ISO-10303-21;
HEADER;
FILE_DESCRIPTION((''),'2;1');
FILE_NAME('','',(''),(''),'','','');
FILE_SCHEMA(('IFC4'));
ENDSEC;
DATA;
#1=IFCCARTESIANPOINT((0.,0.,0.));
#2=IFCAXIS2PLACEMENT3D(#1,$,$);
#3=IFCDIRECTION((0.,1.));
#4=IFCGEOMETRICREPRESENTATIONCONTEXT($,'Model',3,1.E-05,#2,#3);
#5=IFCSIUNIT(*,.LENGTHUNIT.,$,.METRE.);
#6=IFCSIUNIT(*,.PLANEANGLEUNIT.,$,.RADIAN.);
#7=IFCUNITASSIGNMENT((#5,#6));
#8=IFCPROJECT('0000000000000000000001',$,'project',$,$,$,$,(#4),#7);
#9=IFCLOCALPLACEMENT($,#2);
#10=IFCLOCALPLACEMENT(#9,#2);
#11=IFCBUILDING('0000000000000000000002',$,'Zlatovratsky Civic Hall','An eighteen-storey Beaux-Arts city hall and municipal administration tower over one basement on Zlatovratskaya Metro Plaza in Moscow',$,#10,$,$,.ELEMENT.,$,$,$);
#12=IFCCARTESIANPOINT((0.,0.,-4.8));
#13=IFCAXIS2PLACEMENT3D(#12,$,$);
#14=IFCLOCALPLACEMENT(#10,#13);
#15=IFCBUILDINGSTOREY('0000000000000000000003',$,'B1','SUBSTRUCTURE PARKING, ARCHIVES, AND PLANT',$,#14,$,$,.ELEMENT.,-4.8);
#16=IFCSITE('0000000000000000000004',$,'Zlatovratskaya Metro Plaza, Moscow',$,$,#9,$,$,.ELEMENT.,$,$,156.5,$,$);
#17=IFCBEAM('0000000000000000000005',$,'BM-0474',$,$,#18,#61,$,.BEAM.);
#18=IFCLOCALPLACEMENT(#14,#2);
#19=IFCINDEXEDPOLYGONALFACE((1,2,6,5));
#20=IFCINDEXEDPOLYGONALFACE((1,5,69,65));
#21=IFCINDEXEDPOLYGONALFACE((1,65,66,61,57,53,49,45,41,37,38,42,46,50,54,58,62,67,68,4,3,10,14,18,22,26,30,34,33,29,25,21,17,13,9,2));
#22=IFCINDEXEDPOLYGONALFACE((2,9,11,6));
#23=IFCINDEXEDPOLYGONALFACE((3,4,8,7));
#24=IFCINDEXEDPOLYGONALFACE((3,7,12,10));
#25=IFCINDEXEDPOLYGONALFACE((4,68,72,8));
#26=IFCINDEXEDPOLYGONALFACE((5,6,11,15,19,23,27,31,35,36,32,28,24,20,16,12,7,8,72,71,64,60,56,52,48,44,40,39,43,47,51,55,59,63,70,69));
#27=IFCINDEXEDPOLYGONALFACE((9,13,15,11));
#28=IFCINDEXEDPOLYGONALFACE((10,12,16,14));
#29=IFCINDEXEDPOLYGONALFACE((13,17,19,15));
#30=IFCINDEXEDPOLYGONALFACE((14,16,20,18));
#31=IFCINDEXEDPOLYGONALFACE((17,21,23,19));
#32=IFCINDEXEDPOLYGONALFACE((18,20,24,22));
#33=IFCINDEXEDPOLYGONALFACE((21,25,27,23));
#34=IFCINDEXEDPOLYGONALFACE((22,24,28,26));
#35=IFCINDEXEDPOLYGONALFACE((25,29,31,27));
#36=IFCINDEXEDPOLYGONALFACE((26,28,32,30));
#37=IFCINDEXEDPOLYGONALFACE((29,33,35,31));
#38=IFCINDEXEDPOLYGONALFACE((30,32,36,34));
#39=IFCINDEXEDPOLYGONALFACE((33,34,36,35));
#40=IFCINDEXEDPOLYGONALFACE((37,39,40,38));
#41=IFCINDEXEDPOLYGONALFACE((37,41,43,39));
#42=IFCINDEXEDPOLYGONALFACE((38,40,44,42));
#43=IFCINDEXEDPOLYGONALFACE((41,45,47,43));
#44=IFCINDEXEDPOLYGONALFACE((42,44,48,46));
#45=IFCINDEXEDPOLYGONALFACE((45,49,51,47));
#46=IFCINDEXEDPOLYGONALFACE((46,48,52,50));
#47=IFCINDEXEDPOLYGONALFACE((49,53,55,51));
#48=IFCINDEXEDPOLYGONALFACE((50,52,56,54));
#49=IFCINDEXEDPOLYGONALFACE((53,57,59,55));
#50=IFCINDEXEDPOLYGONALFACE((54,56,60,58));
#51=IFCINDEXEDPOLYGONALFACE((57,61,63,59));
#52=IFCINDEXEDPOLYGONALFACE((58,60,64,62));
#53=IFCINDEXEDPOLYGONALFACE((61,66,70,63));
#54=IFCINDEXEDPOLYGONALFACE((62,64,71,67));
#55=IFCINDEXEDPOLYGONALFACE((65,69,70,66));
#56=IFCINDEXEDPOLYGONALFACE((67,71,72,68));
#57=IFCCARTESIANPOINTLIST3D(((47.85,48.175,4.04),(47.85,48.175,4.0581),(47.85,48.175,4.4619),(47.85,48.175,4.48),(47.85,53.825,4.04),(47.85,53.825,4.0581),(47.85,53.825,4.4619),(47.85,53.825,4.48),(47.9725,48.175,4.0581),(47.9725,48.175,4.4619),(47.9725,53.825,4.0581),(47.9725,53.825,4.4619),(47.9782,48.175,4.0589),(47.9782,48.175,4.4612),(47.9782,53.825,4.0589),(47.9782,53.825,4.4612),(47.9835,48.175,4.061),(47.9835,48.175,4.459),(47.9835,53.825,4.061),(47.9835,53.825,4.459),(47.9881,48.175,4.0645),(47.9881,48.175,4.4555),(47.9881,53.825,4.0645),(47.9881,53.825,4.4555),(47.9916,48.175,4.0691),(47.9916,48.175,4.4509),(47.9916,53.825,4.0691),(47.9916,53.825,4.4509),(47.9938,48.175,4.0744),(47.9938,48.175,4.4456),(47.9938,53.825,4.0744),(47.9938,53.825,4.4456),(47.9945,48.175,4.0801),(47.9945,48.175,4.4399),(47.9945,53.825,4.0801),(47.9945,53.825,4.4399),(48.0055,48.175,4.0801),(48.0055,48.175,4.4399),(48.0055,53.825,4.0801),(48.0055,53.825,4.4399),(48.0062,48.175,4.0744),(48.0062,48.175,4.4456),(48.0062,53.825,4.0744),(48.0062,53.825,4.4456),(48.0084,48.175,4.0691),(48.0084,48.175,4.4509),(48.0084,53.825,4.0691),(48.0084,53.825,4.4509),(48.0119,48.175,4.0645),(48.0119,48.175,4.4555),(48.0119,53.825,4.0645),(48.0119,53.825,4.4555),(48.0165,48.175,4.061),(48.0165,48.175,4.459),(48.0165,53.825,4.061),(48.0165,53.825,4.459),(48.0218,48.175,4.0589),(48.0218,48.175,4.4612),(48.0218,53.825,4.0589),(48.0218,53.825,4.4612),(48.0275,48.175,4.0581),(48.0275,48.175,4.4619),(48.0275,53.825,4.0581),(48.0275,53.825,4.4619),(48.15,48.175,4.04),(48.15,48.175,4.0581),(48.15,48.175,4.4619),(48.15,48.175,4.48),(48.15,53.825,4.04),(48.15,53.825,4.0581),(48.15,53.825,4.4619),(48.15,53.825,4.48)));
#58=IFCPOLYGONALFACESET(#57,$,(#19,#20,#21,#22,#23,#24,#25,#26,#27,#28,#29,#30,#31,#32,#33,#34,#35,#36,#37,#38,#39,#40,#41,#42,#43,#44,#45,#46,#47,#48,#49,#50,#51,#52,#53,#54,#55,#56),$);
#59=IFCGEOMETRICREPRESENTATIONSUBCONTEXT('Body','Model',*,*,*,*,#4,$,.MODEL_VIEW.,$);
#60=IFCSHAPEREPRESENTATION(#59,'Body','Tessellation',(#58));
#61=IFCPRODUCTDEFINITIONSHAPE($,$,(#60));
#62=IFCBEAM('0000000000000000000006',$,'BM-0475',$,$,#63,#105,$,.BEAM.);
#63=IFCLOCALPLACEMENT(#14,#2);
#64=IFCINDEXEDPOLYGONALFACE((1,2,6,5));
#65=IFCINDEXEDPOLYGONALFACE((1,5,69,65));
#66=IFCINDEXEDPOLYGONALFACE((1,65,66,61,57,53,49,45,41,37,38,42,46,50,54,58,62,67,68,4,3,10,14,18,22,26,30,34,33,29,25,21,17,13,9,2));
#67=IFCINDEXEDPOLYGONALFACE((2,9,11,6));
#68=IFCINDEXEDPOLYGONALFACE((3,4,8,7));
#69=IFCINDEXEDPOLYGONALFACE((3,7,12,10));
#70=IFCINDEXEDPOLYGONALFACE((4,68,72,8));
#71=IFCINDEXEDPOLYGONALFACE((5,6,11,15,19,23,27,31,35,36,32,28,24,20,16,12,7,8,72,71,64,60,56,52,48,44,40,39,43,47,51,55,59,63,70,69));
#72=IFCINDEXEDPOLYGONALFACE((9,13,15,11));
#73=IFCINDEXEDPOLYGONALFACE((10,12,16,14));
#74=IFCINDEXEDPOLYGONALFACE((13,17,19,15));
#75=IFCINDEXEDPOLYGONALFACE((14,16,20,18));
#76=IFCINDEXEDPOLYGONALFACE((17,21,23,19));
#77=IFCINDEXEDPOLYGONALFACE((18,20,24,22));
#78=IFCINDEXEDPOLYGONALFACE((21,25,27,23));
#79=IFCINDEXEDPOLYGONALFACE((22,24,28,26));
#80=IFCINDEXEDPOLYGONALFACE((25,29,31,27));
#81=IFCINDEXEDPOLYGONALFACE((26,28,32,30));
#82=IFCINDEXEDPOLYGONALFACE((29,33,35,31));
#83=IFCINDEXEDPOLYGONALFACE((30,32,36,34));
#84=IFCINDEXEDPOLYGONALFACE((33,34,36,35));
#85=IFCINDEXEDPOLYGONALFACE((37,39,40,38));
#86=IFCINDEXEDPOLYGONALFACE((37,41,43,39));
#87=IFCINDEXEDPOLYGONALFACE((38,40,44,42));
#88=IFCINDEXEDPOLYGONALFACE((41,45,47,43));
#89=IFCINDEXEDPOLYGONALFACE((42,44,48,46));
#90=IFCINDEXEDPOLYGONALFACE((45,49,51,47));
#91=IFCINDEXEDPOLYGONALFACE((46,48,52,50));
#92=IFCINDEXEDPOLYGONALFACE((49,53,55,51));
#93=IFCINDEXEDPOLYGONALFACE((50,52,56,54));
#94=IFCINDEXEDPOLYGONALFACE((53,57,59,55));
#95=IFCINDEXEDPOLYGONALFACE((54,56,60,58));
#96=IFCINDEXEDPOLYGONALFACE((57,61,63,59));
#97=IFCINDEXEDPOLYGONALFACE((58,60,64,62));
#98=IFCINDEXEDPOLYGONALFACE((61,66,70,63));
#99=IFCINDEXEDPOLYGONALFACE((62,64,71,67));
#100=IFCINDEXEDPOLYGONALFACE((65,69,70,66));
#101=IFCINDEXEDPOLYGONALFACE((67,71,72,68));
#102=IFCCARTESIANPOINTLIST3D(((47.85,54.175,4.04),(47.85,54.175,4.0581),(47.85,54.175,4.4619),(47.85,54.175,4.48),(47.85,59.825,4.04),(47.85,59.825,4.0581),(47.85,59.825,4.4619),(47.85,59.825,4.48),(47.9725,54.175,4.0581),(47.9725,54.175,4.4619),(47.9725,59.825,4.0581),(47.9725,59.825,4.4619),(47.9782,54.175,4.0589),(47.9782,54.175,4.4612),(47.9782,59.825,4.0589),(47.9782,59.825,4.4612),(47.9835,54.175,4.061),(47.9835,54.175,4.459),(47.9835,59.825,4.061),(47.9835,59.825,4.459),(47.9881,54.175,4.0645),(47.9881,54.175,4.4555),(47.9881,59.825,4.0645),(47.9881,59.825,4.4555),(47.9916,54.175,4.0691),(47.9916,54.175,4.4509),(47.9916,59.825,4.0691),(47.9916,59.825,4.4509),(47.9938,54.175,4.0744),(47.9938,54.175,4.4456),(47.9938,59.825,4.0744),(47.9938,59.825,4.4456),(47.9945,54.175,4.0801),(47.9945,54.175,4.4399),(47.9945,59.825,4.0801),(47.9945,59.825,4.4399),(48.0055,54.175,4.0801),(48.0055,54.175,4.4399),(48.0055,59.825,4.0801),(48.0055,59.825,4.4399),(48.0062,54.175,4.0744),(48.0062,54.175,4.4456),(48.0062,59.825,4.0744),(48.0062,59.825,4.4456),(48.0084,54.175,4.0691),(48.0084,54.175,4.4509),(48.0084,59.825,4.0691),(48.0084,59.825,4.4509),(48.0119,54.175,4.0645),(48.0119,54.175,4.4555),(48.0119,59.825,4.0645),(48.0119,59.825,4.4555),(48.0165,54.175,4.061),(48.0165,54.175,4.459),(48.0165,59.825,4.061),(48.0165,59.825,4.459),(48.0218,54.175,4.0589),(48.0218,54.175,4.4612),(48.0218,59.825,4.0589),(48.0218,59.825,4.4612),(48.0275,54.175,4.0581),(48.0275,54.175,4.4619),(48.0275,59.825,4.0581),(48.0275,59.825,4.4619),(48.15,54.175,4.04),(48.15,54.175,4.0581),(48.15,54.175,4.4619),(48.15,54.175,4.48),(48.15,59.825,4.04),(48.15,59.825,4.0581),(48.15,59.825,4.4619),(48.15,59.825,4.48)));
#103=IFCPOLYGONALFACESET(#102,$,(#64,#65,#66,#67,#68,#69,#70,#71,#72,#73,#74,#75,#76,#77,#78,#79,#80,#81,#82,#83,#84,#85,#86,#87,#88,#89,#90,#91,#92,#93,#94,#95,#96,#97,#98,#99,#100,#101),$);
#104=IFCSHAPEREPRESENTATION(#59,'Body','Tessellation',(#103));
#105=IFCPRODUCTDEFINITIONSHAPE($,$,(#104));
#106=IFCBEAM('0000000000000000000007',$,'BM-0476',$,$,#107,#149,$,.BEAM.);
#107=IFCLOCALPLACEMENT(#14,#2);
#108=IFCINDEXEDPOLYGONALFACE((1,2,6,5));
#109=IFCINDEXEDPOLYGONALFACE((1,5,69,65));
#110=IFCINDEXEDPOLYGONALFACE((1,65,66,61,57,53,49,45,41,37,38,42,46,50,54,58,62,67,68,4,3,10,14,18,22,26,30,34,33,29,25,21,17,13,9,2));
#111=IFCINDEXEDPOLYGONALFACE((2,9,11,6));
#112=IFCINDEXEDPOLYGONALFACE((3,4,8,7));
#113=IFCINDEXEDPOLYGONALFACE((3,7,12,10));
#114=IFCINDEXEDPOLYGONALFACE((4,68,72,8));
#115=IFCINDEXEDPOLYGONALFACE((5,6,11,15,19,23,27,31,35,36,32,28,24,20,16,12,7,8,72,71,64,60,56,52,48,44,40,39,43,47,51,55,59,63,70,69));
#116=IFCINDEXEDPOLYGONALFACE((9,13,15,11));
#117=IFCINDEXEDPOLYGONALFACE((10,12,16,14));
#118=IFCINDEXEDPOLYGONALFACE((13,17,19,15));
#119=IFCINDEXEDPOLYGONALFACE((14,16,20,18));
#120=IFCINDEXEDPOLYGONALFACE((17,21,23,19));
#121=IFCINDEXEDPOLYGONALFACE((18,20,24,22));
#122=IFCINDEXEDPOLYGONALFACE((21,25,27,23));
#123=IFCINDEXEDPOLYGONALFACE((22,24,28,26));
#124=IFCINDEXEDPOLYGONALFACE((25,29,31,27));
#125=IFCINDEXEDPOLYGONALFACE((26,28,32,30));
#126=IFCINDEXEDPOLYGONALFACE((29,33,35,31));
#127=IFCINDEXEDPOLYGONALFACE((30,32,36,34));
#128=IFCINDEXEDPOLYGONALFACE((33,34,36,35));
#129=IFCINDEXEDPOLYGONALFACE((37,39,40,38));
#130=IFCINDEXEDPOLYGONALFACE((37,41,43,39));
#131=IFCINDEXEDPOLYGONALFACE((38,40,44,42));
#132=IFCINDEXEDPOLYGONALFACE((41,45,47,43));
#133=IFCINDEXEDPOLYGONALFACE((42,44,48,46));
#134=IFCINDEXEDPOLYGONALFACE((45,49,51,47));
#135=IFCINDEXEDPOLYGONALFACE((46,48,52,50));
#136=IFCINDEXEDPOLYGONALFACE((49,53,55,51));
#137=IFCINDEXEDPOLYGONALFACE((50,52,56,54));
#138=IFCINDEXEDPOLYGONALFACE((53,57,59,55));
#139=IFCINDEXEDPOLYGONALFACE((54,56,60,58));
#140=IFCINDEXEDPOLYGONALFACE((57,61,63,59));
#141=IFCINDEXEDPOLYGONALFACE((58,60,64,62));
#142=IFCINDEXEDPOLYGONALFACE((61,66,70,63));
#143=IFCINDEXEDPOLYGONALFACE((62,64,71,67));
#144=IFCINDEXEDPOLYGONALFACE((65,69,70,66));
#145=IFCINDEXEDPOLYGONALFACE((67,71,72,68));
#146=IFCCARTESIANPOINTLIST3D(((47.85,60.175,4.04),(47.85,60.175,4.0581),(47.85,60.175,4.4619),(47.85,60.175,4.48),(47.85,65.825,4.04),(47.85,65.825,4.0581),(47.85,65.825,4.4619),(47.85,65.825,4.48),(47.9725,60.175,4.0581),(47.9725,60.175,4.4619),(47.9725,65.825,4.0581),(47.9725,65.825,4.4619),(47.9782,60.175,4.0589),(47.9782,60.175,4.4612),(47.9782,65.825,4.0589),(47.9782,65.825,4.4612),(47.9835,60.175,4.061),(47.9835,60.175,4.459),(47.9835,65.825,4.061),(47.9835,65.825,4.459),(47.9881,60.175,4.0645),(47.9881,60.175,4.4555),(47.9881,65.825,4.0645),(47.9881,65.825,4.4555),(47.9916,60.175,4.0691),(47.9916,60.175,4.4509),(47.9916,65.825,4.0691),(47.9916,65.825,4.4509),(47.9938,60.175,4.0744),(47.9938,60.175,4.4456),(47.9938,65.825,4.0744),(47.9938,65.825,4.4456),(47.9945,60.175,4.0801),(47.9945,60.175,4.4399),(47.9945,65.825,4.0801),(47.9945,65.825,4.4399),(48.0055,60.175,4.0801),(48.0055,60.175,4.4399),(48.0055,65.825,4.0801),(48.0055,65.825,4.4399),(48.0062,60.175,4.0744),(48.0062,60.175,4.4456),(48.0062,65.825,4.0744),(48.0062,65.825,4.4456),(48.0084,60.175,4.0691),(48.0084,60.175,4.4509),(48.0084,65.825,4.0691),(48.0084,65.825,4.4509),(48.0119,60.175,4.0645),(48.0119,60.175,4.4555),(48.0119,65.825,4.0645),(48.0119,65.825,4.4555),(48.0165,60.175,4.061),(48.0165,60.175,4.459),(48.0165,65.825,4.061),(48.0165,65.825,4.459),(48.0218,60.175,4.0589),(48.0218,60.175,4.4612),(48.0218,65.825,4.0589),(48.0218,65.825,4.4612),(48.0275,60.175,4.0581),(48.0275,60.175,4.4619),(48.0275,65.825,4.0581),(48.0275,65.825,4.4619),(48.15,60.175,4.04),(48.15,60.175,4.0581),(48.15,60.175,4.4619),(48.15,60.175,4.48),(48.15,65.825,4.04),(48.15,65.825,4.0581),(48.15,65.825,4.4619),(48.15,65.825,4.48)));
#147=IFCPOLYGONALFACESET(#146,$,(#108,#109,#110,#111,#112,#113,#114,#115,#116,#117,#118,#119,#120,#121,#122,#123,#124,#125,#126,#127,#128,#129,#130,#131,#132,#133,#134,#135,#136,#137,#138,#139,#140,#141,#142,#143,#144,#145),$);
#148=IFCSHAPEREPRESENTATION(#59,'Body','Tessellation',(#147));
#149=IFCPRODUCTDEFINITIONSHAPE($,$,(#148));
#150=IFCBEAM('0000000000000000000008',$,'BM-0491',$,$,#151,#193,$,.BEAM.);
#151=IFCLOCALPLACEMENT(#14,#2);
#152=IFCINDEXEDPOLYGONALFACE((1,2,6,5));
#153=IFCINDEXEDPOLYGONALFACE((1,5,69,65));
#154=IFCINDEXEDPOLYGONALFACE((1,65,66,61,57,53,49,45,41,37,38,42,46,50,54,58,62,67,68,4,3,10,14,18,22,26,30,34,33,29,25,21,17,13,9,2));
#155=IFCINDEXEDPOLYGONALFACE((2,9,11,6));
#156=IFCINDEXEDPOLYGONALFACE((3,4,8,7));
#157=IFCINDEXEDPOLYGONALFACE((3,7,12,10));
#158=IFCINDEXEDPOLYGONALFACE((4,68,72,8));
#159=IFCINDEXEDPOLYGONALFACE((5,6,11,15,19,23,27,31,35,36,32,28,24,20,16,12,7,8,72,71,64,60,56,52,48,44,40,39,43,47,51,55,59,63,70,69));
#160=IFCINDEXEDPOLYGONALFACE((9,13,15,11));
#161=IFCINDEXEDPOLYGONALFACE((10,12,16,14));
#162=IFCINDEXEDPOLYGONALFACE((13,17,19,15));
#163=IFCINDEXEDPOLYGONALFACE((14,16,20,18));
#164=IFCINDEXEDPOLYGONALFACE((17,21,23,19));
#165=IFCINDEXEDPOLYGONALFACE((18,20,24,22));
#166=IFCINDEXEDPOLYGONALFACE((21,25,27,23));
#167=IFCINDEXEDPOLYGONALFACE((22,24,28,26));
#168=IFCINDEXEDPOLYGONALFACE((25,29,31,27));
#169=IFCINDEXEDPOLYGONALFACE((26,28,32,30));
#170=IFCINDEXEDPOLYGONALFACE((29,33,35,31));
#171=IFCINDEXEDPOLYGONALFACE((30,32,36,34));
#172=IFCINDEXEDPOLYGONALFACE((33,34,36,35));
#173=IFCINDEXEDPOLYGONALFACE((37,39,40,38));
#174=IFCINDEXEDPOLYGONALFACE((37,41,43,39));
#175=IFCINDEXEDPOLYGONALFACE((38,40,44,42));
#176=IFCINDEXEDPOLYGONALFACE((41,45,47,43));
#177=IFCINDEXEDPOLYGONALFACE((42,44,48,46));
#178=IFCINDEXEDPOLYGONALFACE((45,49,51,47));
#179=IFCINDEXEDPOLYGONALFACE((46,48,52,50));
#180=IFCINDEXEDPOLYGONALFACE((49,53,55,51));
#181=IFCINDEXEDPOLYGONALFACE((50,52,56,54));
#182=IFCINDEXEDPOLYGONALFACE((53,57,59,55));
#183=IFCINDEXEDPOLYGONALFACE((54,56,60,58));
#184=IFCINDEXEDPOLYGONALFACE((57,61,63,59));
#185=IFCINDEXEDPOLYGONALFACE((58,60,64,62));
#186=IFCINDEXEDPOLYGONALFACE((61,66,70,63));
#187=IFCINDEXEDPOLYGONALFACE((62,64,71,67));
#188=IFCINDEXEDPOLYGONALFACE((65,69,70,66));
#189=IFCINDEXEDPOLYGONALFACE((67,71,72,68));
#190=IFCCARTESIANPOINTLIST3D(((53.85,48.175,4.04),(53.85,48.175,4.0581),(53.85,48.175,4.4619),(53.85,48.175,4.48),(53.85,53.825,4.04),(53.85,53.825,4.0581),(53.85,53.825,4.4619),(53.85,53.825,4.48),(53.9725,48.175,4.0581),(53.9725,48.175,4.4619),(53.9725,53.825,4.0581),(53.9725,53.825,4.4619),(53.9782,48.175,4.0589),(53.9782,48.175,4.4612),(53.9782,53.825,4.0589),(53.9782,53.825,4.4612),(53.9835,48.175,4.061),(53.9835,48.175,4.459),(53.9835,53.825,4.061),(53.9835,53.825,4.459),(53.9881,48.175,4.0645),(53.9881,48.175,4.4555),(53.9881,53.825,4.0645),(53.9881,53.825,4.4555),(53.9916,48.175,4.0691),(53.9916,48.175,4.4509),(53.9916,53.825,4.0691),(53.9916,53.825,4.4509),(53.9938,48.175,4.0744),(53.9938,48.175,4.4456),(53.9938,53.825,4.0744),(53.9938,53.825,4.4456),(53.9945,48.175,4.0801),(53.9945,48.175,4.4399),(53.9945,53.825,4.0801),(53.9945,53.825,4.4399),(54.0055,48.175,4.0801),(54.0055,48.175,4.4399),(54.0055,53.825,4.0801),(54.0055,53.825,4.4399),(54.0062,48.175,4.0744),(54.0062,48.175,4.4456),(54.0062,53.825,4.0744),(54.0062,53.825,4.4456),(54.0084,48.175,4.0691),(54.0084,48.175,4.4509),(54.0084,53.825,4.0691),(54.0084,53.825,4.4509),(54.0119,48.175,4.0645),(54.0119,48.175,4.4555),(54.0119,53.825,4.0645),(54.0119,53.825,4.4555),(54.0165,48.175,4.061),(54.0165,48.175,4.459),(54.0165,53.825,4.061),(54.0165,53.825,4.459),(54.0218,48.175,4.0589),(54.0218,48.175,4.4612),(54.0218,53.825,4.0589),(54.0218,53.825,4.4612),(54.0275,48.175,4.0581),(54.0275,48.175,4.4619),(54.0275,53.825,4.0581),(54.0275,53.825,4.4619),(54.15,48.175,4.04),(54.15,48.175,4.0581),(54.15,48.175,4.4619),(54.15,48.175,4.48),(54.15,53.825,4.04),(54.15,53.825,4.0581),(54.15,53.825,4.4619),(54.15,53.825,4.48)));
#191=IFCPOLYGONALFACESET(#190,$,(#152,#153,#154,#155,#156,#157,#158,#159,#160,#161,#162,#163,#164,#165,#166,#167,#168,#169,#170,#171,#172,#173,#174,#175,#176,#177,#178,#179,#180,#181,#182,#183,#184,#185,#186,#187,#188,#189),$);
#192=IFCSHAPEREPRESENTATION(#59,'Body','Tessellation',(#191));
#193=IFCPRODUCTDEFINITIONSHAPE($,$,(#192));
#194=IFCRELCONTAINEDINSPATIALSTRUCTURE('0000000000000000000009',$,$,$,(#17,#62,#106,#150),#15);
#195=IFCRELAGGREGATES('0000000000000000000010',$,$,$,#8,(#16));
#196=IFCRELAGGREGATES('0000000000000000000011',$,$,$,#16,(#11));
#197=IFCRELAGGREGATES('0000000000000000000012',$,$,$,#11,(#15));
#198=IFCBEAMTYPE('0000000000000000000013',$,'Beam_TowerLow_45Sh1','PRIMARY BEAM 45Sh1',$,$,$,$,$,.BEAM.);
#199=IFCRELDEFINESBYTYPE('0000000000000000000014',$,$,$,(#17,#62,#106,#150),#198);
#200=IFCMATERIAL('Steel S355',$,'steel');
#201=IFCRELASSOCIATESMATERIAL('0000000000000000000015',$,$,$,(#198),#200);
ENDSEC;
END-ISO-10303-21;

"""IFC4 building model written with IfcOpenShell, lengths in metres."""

from ifc_helpers import new_model, si_unit, direction, frame, origin, origin_2d, place, context, subcontext, project, spatial, i_section, extrude, material, material_profile, profile_set, type_object, element, save


model = new_model("IFC4")

# Units and contexts
model_context = context("Model", 3, precision=1e-05, world=origin(), true_north=direction((0.0, 1.0)))
body_context = subcontext(model_context, "Body", "Model", "MODEL_VIEW")
ifc_project = project(units=[si_unit("LENGTHUNIT", "METRE"), si_unit("PLANEANGLEUNIT", "RADIAN")], contexts=[model_context])

# Site, building, storey
site_placement = place(None, origin())
site = spatial("IfcSite", under=ifc_project, at=site_placement, Name="Zlatovratskaya Metro Plaza, Moscow", CompositionType="ELEMENT", RefElevation=156.5)
building_placement = place(site_placement, origin())
building = spatial("IfcBuilding", under=site, at=building_placement, Name="Zlatovratsky Civic Hall", Description="An eighteen-storey Beaux-Arts city hall and municipal administration tower over one basement on Zlatovratskaya Metro Plaza in Moscow", CompositionType="ELEMENT")
storey_placement = place(building_placement, frame((0.0, 0.0, -4.8)))
storey = spatial("IfcBuildingStorey", under=building, at=storey_placement, Name="B1", Description="SUBSTRUCTURE PARKING, ARCHIVES, AND PLANT", CompositionType="ELEMENT", Elevation=-4.8)

# Shared definitions
ifc_material_1 = material(Name="Steel S355", Category="steel")

# Beams
ifc_material_profile_1 = material_profile(ifc_material_1, i_section(OverallWidth=0.3, OverallDepth=0.4399, WebThickness=0.011, FlangeThickness=0.0181, FilletRadius=0.022, at=origin_2d()), Name="45Sh1")
ifc_profile_set_1 = profile_set([ifc_material_profile_1], Name="Steel S355")
beam_type_1 = type_object("IfcBeamType", Name="Beam_TowerLow_45Sh1", Description="PRIMARY BEAM 45Sh1", PredefinedType="BEAM", material=ifc_profile_set_1)
for number, where, z_axis, x_axis, name in (
    (1, (48.0, 48.175, 4.26), (0.0, 1.0, 0.0), (-1.0, 0.0, 0.0), "BM-0474"),
    (2, (48.0, 54.175, 4.26), (0.0, 1.0, 0.0), (-1.0, 0.0, 0.0), "BM-0475"),
    (3, (48.0, 60.175, 4.26), (0.0, 1.0, 0.0), (-1.0, 0.0, 0.0), "BM-0476"),
    (4, (54.0, 48.175, 4.26), (0.0, 1.0, 0.0), (-1.0, 0.0, 0.0), "BM-0491"),
):
    element("IfcBeam", number, at=place(storey_placement, frame(where, z_axis=z_axis, x_axis=x_axis)), inside=storey, type_object=beam_type_1, Name=name, PredefinedType="BEAM", context=body_context, shape_type="SweptSolid", body=[
        extrude(i_section(OverallWidth=0.3, OverallDepth=0.4399, WebThickness=0.011, FlangeThickness=0.0181, FilletRadius=0.022, at=origin_2d()), origin(), (0.0, 0.0, 1.0), 5.6499),
    ])

save(model, "model.ifc")
